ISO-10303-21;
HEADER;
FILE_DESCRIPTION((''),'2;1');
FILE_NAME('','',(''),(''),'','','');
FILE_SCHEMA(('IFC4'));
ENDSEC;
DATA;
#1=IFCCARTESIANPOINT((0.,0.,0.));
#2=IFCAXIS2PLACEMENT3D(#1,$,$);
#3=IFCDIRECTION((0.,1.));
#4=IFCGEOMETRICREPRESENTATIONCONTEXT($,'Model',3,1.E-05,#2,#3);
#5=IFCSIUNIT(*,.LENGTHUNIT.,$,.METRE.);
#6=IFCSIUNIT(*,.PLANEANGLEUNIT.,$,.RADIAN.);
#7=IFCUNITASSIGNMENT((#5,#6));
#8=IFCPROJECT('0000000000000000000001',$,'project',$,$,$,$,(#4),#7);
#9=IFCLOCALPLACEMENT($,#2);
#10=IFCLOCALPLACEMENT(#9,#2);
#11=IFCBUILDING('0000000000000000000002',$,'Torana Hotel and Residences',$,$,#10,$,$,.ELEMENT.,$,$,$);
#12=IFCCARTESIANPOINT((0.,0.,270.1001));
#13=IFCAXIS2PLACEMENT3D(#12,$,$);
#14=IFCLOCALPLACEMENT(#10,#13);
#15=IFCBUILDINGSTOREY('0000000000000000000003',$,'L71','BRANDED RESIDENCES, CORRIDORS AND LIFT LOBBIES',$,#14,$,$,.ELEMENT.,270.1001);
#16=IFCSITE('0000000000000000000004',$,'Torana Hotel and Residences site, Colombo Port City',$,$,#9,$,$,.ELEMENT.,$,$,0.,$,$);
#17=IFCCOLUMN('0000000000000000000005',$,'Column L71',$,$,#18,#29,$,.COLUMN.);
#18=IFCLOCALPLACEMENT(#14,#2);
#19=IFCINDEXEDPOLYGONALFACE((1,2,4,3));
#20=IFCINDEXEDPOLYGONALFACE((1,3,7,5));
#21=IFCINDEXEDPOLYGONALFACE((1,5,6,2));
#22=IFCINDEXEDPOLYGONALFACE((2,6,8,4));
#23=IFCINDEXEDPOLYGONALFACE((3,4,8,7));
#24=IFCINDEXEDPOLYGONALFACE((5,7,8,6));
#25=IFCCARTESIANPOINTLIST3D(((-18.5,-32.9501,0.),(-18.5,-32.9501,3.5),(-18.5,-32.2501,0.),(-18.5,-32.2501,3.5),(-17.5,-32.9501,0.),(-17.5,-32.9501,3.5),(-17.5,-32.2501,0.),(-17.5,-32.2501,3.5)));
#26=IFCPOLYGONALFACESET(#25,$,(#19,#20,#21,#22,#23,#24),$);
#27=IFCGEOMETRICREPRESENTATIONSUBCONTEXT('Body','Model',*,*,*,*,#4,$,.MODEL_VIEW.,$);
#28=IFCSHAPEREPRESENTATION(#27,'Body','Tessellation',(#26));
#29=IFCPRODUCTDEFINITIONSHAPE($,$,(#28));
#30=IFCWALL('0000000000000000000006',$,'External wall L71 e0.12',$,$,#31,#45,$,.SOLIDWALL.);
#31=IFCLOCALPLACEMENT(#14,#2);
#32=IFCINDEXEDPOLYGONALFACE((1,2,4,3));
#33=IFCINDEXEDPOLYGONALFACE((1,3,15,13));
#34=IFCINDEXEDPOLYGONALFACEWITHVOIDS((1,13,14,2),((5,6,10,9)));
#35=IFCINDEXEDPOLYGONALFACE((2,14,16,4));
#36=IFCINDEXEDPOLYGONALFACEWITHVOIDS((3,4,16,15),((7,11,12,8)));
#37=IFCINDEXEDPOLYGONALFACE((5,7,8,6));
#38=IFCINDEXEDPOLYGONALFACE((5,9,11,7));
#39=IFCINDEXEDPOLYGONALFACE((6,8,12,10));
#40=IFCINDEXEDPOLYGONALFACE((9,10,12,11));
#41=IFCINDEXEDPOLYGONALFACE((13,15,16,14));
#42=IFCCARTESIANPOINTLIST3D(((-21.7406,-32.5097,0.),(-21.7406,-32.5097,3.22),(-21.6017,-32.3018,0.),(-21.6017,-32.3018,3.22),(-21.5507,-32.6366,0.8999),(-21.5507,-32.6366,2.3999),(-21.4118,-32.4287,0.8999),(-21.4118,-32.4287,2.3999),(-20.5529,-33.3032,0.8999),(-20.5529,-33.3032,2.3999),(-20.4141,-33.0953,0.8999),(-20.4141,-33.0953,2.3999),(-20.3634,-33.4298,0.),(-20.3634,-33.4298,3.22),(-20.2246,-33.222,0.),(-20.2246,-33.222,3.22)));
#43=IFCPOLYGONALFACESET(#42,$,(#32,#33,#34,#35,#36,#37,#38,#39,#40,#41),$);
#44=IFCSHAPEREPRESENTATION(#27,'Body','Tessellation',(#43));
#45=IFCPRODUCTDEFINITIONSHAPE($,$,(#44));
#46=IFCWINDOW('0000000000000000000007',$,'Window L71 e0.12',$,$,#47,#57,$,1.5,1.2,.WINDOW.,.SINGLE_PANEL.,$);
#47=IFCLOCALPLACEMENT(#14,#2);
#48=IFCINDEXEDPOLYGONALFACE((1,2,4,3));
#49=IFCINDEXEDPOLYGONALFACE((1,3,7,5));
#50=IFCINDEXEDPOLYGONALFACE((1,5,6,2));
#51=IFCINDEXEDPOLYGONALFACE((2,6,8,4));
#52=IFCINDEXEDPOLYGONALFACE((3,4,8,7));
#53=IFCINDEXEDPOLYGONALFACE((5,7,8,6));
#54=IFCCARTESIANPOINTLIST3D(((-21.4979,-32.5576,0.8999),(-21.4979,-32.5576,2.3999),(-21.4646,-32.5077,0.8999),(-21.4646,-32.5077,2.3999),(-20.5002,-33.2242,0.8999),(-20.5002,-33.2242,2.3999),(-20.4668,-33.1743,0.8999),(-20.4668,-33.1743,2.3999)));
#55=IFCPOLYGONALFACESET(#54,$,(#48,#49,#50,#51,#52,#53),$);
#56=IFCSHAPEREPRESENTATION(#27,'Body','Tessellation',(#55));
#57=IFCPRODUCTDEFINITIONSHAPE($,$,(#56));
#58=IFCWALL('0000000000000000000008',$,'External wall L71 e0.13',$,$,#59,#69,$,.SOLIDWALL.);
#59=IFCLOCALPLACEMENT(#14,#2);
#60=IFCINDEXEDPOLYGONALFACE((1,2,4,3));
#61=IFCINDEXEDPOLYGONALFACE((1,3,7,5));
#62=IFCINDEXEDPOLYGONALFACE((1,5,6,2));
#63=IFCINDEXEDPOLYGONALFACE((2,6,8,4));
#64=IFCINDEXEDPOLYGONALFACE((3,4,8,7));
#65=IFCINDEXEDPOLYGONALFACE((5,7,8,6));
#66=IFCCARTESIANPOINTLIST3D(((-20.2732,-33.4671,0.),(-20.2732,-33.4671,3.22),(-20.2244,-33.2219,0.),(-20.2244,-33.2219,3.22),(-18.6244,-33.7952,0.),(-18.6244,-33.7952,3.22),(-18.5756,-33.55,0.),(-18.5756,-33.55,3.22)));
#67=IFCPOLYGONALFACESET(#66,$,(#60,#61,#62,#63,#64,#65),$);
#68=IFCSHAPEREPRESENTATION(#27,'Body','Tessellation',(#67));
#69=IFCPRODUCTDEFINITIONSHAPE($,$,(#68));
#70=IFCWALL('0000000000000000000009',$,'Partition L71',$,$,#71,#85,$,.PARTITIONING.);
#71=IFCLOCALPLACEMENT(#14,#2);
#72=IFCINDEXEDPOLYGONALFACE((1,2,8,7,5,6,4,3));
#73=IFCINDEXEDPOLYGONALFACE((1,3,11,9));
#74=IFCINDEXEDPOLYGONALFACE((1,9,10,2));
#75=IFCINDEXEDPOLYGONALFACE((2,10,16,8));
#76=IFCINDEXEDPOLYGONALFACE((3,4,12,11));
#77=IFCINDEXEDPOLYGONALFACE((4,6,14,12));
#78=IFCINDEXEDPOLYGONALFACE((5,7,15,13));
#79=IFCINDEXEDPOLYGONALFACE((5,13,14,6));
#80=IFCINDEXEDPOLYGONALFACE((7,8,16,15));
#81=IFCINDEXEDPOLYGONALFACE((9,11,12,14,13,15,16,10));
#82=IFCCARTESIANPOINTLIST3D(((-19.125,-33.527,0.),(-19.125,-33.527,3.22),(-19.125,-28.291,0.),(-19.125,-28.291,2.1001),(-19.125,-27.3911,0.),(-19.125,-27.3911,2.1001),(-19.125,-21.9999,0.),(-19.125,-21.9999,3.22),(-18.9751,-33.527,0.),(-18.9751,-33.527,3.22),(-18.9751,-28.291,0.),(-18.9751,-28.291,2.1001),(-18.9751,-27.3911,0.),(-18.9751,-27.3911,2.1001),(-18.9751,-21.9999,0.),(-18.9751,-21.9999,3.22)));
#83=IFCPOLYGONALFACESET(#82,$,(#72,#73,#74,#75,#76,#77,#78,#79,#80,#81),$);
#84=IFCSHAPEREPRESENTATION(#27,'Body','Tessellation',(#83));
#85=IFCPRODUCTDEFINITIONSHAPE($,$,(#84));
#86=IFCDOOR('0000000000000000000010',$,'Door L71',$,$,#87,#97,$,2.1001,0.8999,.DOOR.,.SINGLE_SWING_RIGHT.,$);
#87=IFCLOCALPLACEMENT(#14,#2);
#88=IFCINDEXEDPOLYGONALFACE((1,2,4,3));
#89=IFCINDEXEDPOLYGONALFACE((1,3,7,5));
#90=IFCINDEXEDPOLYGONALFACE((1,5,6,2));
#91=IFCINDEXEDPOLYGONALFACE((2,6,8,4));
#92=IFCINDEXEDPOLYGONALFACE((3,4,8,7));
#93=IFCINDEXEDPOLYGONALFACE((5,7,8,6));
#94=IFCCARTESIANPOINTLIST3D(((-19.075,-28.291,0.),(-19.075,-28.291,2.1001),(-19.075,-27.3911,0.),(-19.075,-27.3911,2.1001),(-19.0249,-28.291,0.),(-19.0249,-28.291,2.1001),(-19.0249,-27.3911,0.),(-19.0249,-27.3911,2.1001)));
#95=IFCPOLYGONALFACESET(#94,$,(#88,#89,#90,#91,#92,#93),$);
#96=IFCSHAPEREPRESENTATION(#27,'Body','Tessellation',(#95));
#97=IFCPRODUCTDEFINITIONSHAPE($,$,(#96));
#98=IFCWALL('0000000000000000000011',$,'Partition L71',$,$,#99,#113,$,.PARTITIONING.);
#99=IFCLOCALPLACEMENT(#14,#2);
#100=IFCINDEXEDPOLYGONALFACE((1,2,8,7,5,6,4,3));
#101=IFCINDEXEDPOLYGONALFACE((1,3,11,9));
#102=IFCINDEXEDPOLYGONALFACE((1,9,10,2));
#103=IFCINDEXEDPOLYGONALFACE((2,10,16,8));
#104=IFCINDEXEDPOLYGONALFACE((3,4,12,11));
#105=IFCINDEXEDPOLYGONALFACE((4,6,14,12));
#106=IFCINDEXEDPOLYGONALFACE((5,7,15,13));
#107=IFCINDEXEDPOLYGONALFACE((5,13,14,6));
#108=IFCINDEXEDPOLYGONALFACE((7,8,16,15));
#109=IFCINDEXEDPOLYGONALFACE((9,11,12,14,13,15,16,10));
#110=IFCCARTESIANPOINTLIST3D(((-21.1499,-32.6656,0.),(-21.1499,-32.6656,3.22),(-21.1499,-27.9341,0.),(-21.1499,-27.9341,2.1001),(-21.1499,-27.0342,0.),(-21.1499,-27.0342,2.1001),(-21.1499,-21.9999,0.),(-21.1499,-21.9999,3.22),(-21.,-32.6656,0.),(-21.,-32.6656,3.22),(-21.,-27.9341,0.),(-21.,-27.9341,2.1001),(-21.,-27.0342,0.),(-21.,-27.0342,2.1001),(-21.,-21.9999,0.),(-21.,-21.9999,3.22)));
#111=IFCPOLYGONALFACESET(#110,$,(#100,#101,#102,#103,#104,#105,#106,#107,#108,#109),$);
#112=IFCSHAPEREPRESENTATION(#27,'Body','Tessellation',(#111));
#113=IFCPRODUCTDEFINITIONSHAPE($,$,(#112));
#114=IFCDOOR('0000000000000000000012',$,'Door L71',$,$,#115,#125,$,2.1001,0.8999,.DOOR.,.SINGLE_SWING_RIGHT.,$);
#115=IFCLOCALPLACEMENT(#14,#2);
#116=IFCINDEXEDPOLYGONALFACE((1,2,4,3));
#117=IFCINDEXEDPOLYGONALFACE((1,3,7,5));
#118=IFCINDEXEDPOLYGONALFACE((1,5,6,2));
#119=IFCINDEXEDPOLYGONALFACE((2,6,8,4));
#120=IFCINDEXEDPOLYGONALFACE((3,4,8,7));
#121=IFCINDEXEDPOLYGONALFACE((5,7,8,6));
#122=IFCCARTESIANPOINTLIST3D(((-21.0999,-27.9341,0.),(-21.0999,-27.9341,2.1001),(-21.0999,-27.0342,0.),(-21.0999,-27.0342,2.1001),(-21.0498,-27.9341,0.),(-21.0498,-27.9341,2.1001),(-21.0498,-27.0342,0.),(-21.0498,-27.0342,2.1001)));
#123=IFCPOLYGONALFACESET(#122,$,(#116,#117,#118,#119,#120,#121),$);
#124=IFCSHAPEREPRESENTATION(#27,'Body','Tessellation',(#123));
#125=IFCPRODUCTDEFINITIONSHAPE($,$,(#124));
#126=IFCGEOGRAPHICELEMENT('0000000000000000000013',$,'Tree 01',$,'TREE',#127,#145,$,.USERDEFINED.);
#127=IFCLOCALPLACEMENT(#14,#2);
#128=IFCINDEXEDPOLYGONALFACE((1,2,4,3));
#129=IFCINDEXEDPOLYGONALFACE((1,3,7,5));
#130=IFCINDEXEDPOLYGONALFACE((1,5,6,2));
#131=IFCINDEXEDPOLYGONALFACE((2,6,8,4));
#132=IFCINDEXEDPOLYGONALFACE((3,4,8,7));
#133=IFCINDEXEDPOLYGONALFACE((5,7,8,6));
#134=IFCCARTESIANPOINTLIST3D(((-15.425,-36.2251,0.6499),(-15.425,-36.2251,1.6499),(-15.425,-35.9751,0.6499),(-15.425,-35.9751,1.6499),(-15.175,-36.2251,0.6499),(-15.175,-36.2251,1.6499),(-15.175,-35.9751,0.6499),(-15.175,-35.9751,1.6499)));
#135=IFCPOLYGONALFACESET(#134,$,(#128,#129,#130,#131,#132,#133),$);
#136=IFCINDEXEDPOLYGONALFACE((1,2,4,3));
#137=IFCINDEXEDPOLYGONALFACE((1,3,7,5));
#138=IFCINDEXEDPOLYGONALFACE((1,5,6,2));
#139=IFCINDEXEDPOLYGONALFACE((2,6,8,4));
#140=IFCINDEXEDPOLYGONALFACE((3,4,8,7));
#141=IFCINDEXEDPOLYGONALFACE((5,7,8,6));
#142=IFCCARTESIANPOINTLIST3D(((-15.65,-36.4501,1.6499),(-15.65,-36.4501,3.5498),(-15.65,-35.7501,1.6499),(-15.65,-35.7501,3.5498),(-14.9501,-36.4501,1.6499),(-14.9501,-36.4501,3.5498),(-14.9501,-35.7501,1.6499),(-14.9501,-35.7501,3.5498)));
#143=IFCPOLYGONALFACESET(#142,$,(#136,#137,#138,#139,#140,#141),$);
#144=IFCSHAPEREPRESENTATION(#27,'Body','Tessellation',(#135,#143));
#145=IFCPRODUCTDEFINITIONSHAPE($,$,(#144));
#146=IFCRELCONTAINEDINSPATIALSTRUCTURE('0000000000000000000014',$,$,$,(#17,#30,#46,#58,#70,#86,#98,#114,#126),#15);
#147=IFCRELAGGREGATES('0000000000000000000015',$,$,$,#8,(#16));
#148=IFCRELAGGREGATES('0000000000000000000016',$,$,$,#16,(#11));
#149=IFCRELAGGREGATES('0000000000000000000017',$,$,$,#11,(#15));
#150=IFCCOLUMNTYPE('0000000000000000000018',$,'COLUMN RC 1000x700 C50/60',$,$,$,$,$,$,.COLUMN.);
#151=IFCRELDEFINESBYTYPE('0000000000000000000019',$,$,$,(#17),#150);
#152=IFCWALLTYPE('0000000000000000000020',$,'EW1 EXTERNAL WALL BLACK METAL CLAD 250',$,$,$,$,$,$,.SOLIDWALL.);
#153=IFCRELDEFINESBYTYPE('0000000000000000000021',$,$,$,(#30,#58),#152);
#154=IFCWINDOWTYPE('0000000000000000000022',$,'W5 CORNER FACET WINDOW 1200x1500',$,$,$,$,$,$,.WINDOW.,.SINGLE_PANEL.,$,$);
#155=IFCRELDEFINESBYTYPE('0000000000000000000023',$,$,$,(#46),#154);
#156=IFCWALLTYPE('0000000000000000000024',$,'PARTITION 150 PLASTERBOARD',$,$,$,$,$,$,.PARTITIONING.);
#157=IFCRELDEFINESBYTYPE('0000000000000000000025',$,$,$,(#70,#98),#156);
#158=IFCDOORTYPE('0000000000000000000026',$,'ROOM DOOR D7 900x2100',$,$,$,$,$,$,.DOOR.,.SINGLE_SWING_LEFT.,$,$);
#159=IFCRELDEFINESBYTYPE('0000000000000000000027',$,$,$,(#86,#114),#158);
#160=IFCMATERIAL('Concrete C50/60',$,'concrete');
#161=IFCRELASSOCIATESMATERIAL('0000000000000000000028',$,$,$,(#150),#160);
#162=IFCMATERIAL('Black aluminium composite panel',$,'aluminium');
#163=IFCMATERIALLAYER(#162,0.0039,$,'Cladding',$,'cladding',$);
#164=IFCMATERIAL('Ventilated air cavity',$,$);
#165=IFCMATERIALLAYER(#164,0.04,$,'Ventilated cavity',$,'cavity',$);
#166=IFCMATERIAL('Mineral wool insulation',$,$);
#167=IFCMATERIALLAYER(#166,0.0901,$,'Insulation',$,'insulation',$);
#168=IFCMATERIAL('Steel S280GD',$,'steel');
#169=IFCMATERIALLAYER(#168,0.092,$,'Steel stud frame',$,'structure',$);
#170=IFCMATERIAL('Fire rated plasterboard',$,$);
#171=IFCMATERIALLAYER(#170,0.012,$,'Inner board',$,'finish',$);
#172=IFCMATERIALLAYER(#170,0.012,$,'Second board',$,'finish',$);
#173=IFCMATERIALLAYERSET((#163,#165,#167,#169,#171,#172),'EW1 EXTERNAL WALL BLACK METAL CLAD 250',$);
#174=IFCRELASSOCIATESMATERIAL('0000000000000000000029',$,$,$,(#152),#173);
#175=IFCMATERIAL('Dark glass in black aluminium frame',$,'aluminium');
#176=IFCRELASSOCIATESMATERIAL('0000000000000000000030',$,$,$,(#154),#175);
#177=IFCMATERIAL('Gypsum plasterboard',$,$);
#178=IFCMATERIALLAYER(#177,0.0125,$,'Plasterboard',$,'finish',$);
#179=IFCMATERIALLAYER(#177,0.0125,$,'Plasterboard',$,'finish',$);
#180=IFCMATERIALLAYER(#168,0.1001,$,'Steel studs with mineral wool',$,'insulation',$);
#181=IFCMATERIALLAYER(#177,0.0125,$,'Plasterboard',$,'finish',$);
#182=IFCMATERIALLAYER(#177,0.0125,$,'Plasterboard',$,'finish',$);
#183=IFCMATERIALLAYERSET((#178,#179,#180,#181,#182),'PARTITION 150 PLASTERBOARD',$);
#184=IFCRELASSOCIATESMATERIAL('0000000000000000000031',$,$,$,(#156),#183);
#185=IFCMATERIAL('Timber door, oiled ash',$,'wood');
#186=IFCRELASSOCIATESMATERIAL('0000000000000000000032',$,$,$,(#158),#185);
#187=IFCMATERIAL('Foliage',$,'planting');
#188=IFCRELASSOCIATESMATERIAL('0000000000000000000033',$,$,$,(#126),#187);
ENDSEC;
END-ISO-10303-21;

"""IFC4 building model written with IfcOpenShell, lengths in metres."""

from ifc_helpers import new_model, si_unit, direction, frame, frame_2d, origin, origin_2d, place, context, subcontext, project, spatial, rectangle, extrude, material, layer, layer_set, material_profile, profile_set, type_object, element, fill, save


model = new_model("IFC4")

# Units and contexts
model_context = context("Model", 3, precision=1e-05, world=origin(), true_north=direction((0.0, 1.0)))
body_context = subcontext(model_context, "Body", "Model", "MODEL_VIEW")
ifc_project = project(units=[si_unit("LENGTHUNIT", "METRE"), si_unit("PLANEANGLEUNIT", "RADIAN")], contexts=[model_context])

# Site, building, storey
site_placement = place(None, origin())
site = spatial("IfcSite", under=ifc_project, at=site_placement, Name="Torana Hotel and Residences site, Colombo Port City", CompositionType="ELEMENT", RefElevation=0.0)
building_placement = place(site_placement, origin())
building = spatial("IfcBuilding", under=site, at=building_placement, Name="Torana Hotel and Residences", CompositionType="ELEMENT")
storey_placement = place(building_placement, frame((0.0, 0.0, 270.1001)))
storey = spatial("IfcBuildingStorey", under=building, at=storey_placement, Name="L71", Description="BRANDED RESIDENCES, CORRIDORS AND LIFT LOBBIES", CompositionType="ELEMENT", Elevation=270.1001)

# Column
ifc_material_1 = material(Name="Concrete C50/60", Category="concrete")
ifc_material_profile = material_profile(ifc_material_1, rectangle(XDim=1.0, YDim=0.7, at=origin_2d()), Name="RC 1000x700")
ifc_profile_set = profile_set([ifc_material_profile], Name="Concrete C50/60")
column_type = type_object("IfcColumnType", Name="COLUMN RC 1000x700 C50/60", PredefinedType="COLUMN", material=ifc_profile_set)
column_placement = place(storey_placement, frame((-18.0, -32.6001, 0.0), z_axis=(0.0, 0.0, 1.0), x_axis=(1.0, 0.0, 0.0)))
element("IfcColumn", 1, at=column_placement, inside=storey, type_object=column_type, Name="Column L71", PredefinedType="COLUMN", context=body_context, shape_type="SweptSolid", body=[
    extrude(rectangle(XDim=1.0, YDim=0.7, at=origin_2d()), origin(), (0.0, 0.0, 1.0), 3.5),
])

# Wall, opening, window
ifc_material_2 = material(Name="Black aluminium composite panel", Category="aluminium")
ifc_layer_1 = layer(ifc_material_2, 0.0039, Name="Cladding", Category="cladding")
ifc_material_3 = material(Name="Ventilated air cavity")
ifc_layer_2 = layer(ifc_material_3, 0.04, Name="Ventilated cavity", Category="cavity")
ifc_material_4 = material(Name="Mineral wool insulation")
ifc_layer_3 = layer(ifc_material_4, 0.0901, Name="Insulation", Category="insulation")
ifc_material_5 = material(Name="Steel S280GD", Category="steel")
ifc_layer_4 = layer(ifc_material_5, 0.092, Name="Steel stud frame", Category="structure")
ifc_material_6 = material(Name="Fire rated plasterboard")
ifc_layer_5 = layer(ifc_material_6, 0.012, Name="Inner board", Category="finish")
ifc_layer_6 = layer(ifc_material_6, 0.012, Name="Second board", Category="finish")
ifc_layer_set_1 = layer_set([ifc_layer_1, ifc_layer_2, ifc_layer_3, ifc_layer_4, ifc_layer_5, ifc_layer_6], Name="EW1 EXTERNAL WALL BLACK METAL CLAD 250")
wall_type_1 = type_object("IfcWallType", Name="EW1 EXTERNAL WALL BLACK METAL CLAD 250", PredefinedType="SOLIDWALL", material=ifc_layer_set_1)
wall_1_placement = place(storey_placement, frame((-21.6711, -32.4058, 0.0), z_axis=(0.0, 0.0, 1.0), x_axis=(0.831483, -0.55555, 0.0)))
wall_1 = element("IfcWall", 2, at=wall_1_placement, inside=storey, type_object=wall_type_1, Name="External wall L71 e0.12", PredefinedType="SOLIDWALL", context=body_context, shape_type="SweptSolid", body=[
    extrude(rectangle(XDim=1.6562, YDim=0.25, at=frame_2d((0.8281, 0.0))), origin(), (0.0, 0.0, 1.0), 3.22),
])
opening_1_placement = place(wall_1_placement, frame((0.2283, 0.0, 0.8999)))
opening_1 = element("IfcOpeningElement", 3, at=opening_1_placement, cuts=wall_1, PredefinedType="OPENING", context=body_context, shape_type="SweptSolid", body=[
    extrude(rectangle(XDim=1.2, YDim=1.5, at=frame_2d((0.6001, 0.75))), frame((0.0, 0.135, 0.0), z_axis=(0.0, -1.0, 0.0), x_axis=(1.0, 0.0, 0.0)), (0.0, 0.0, 1.0), 0.27),
])
ifc_material_7 = material(Name="Dark glass in black aluminium frame", Category="aluminium")
window_type_1 = type_object("IfcWindowType", Name="W5 CORNER FACET WINDOW 1200x1500", PartitioningType="SINGLE_PANEL", PredefinedType="WINDOW", material=ifc_material_7)
window_1_placement = place(opening_1_placement, origin())
window_1 = element("IfcWindow", 4, at=window_1_placement, inside=storey, type_object=window_type_1, Name="Window L71 e0.12", OverallHeight=1.5, OverallWidth=1.2, PartitioningType="SINGLE_PANEL", PredefinedType="WINDOW", context=body_context, shape_type="SweptSolid", body=[
    extrude(rectangle(XDim=1.2, YDim=1.5, at=frame_2d((0.6001, 0.75))), frame((0.0, 0.03, 0.0), z_axis=(0.0, -1.0, 0.0), x_axis=(1.0, 0.0, 0.0)), (0.0, 0.0, 1.0), 0.0601),
])
fill(opening_1, window_1)

# Wall
wall_2_placement = place(storey_placement, frame((-20.2488, -33.3445, 0.0), z_axis=(0.0, 0.0, 1.0), x_axis=(0.98077, -0.195167, 0.0)))
element("IfcWall", 5, at=wall_2_placement, inside=storey, type_object=wall_type_1, Name="External wall L71 e0.13", PredefinedType="SOLIDWALL", context=body_context, shape_type="SweptSolid", body=[
    extrude(rectangle(XDim=1.6812, YDim=0.25, at=frame_2d((0.8406, 0.0))), origin(), (0.0, 0.0, 1.0), 3.22),
])

# Walls, openings, doors
ifc_material_8 = material(Name="Gypsum plasterboard")
ifc_layer_7 = layer(ifc_material_8, 0.0125, Name="Plasterboard", Category="finish")
ifc_layer_8 = layer(ifc_material_8, 0.0125, Name="Plasterboard", Category="finish")
ifc_layer_9 = layer(ifc_material_5, 0.1001, Name="Steel studs with mineral wool", Category="insulation")
ifc_layer_10 = layer(ifc_material_8, 0.0125, Name="Plasterboard", Category="finish")
ifc_layer_11 = layer(ifc_material_8, 0.0125, Name="Plasterboard", Category="finish")
ifc_layer_set_2 = layer_set([ifc_layer_7, ifc_layer_8, ifc_layer_9, ifc_layer_10, ifc_layer_11], Name="PARTITION 150 PLASTERBOARD")
wall_type_2 = type_object("IfcWallType", Name="PARTITION 150 PLASTERBOARD", PredefinedType="PARTITIONING", material=ifc_layer_set_2)
wall_3_placement = place(storey_placement, frame((-19.05, -33.5271, 0.0), z_axis=(0.0, 0.0, 1.0), x_axis=(0.0, 1.0, 0.0)))
wall_3 = element("IfcWall", 6, at=wall_3_placement, inside=storey, type_object=wall_type_2, Name="Partition L71", PredefinedType="PARTITIONING", context=body_context, shape_type="SweptSolid", body=[
    extrude(rectangle(XDim=11.5271, YDim=0.1499, at=frame_2d((5.7637, 0.0))), origin(), (0.0, 0.0, 1.0), 3.22),
])
opening_2_placement = place(wall_3_placement, frame((5.2361, 0.0, 0.0)))
opening_2 = element("IfcOpeningElement", 7, at=opening_2_placement, cuts=wall_3, PredefinedType="OPENING", context=body_context, shape_type="SweptSolid", body=[
    extrude(rectangle(XDim=0.8999, YDim=2.1001, at=frame_2d((0.45, 1.05))), frame((0.0, 0.085, 0.0), z_axis=(0.0, -1.0, 0.0), x_axis=(1.0, 0.0, 0.0)), (0.0, 0.0, 1.0), 0.1699),
])
ifc_material_9 = material(Name="Timber door, oiled ash", Category="wood")
door_type_1 = type_object("IfcDoorType", Name="ROOM DOOR D7 900x2100", OperationType="SINGLE_SWING_LEFT", PredefinedType="DOOR", material=ifc_material_9)
door_1_placement = place(opening_2_placement, origin())
door_1 = element("IfcDoor", 8, at=door_1_placement, inside=storey, type_object=door_type_1, Name="Door L71", OperationType="SINGLE_SWING_RIGHT", OverallHeight=2.1001, OverallWidth=0.8999, PredefinedType="DOOR", context=body_context, shape_type="SweptSolid", body=[
    extrude(rectangle(XDim=0.8999, YDim=2.1001, at=frame_2d((0.45, 1.05))), frame((0.0, 0.0249, 0.0), z_axis=(0.0, -1.0, 0.0), x_axis=(1.0, 0.0, 0.0)), (0.0, 0.0, 1.0), 0.05),
])
fill(opening_2, door_1)
wall_4_placement = place(storey_placement, frame((-21.075, -32.6658, 0.0), z_axis=(0.0, 0.0, 1.0), x_axis=(0.0, 1.0, 0.0)))
wall_4 = element("IfcWall", 9, at=wall_4_placement, inside=storey, type_object=wall_type_2, Name="Partition L71", PredefinedType="PARTITIONING", context=body_context, shape_type="SweptSolid", body=[
    extrude(rectangle(XDim=10.6658, YDim=0.1499, at=frame_2d((5.333, 0.0))), origin(), (0.0, 0.0, 1.0), 3.22),
])
opening_3_placement = place(wall_4_placement, frame((4.7317, 0.0, 0.0)))
opening_3 = element("IfcOpeningElement", 10, at=opening_3_placement, cuts=wall_4, PredefinedType="OPENING", context=body_context, shape_type="SweptSolid", body=[
    extrude(rectangle(XDim=0.8999, YDim=2.1001, at=frame_2d((0.45, 1.05))), frame((0.0, 0.085, 0.0), z_axis=(0.0, -1.0, 0.0), x_axis=(1.0, 0.0, 0.0)), (0.0, 0.0, 1.0), 0.1699),
])
door_2_placement = place(opening_3_placement, origin())
door_2 = element("IfcDoor", 11, at=door_2_placement, inside=storey, type_object=door_type_1, Name="Door L71", OperationType="SINGLE_SWING_RIGHT", OverallHeight=2.1001, OverallWidth=0.8999, PredefinedType="DOOR", context=body_context, shape_type="SweptSolid", body=[
    extrude(rectangle(XDim=0.8999, YDim=2.1001, at=frame_2d((0.45, 1.05))), frame((0.0, 0.0249, 0.0), z_axis=(0.0, -1.0, 0.0), x_axis=(1.0, 0.0, 0.0)), (0.0, 0.0, 1.0), 0.05),
])
fill(opening_3, door_2)

# Geographic element
ifc_material_10 = material(Name="Foliage", Category="planting")
geographic_element_placement = place(storey_placement, frame((-15.3, -36.1001, 0.6499), z_axis=(0.0, 0.0, 1.0), x_axis=(1.0, 0.0, 0.0)))
element("IfcGeographicElement", 12, at=geographic_element_placement, inside=storey, material=ifc_material_10, Name="Tree 01", ObjectType="TREE", PredefinedType="USERDEFINED", context=body_context, shape_type="SweptSolid", body=[
    extrude(rectangle(XDim=0.25, YDim=0.25, at=origin_2d()), origin(), (0.0, 0.0, 1.0), 1.0),
    extrude(rectangle(XDim=0.7, YDim=0.7, at=origin_2d()), frame((0.0, 0.0, 1.0)), (0.0, 0.0, 1.0), 1.8999),
])

save(model, "model.ifc")
